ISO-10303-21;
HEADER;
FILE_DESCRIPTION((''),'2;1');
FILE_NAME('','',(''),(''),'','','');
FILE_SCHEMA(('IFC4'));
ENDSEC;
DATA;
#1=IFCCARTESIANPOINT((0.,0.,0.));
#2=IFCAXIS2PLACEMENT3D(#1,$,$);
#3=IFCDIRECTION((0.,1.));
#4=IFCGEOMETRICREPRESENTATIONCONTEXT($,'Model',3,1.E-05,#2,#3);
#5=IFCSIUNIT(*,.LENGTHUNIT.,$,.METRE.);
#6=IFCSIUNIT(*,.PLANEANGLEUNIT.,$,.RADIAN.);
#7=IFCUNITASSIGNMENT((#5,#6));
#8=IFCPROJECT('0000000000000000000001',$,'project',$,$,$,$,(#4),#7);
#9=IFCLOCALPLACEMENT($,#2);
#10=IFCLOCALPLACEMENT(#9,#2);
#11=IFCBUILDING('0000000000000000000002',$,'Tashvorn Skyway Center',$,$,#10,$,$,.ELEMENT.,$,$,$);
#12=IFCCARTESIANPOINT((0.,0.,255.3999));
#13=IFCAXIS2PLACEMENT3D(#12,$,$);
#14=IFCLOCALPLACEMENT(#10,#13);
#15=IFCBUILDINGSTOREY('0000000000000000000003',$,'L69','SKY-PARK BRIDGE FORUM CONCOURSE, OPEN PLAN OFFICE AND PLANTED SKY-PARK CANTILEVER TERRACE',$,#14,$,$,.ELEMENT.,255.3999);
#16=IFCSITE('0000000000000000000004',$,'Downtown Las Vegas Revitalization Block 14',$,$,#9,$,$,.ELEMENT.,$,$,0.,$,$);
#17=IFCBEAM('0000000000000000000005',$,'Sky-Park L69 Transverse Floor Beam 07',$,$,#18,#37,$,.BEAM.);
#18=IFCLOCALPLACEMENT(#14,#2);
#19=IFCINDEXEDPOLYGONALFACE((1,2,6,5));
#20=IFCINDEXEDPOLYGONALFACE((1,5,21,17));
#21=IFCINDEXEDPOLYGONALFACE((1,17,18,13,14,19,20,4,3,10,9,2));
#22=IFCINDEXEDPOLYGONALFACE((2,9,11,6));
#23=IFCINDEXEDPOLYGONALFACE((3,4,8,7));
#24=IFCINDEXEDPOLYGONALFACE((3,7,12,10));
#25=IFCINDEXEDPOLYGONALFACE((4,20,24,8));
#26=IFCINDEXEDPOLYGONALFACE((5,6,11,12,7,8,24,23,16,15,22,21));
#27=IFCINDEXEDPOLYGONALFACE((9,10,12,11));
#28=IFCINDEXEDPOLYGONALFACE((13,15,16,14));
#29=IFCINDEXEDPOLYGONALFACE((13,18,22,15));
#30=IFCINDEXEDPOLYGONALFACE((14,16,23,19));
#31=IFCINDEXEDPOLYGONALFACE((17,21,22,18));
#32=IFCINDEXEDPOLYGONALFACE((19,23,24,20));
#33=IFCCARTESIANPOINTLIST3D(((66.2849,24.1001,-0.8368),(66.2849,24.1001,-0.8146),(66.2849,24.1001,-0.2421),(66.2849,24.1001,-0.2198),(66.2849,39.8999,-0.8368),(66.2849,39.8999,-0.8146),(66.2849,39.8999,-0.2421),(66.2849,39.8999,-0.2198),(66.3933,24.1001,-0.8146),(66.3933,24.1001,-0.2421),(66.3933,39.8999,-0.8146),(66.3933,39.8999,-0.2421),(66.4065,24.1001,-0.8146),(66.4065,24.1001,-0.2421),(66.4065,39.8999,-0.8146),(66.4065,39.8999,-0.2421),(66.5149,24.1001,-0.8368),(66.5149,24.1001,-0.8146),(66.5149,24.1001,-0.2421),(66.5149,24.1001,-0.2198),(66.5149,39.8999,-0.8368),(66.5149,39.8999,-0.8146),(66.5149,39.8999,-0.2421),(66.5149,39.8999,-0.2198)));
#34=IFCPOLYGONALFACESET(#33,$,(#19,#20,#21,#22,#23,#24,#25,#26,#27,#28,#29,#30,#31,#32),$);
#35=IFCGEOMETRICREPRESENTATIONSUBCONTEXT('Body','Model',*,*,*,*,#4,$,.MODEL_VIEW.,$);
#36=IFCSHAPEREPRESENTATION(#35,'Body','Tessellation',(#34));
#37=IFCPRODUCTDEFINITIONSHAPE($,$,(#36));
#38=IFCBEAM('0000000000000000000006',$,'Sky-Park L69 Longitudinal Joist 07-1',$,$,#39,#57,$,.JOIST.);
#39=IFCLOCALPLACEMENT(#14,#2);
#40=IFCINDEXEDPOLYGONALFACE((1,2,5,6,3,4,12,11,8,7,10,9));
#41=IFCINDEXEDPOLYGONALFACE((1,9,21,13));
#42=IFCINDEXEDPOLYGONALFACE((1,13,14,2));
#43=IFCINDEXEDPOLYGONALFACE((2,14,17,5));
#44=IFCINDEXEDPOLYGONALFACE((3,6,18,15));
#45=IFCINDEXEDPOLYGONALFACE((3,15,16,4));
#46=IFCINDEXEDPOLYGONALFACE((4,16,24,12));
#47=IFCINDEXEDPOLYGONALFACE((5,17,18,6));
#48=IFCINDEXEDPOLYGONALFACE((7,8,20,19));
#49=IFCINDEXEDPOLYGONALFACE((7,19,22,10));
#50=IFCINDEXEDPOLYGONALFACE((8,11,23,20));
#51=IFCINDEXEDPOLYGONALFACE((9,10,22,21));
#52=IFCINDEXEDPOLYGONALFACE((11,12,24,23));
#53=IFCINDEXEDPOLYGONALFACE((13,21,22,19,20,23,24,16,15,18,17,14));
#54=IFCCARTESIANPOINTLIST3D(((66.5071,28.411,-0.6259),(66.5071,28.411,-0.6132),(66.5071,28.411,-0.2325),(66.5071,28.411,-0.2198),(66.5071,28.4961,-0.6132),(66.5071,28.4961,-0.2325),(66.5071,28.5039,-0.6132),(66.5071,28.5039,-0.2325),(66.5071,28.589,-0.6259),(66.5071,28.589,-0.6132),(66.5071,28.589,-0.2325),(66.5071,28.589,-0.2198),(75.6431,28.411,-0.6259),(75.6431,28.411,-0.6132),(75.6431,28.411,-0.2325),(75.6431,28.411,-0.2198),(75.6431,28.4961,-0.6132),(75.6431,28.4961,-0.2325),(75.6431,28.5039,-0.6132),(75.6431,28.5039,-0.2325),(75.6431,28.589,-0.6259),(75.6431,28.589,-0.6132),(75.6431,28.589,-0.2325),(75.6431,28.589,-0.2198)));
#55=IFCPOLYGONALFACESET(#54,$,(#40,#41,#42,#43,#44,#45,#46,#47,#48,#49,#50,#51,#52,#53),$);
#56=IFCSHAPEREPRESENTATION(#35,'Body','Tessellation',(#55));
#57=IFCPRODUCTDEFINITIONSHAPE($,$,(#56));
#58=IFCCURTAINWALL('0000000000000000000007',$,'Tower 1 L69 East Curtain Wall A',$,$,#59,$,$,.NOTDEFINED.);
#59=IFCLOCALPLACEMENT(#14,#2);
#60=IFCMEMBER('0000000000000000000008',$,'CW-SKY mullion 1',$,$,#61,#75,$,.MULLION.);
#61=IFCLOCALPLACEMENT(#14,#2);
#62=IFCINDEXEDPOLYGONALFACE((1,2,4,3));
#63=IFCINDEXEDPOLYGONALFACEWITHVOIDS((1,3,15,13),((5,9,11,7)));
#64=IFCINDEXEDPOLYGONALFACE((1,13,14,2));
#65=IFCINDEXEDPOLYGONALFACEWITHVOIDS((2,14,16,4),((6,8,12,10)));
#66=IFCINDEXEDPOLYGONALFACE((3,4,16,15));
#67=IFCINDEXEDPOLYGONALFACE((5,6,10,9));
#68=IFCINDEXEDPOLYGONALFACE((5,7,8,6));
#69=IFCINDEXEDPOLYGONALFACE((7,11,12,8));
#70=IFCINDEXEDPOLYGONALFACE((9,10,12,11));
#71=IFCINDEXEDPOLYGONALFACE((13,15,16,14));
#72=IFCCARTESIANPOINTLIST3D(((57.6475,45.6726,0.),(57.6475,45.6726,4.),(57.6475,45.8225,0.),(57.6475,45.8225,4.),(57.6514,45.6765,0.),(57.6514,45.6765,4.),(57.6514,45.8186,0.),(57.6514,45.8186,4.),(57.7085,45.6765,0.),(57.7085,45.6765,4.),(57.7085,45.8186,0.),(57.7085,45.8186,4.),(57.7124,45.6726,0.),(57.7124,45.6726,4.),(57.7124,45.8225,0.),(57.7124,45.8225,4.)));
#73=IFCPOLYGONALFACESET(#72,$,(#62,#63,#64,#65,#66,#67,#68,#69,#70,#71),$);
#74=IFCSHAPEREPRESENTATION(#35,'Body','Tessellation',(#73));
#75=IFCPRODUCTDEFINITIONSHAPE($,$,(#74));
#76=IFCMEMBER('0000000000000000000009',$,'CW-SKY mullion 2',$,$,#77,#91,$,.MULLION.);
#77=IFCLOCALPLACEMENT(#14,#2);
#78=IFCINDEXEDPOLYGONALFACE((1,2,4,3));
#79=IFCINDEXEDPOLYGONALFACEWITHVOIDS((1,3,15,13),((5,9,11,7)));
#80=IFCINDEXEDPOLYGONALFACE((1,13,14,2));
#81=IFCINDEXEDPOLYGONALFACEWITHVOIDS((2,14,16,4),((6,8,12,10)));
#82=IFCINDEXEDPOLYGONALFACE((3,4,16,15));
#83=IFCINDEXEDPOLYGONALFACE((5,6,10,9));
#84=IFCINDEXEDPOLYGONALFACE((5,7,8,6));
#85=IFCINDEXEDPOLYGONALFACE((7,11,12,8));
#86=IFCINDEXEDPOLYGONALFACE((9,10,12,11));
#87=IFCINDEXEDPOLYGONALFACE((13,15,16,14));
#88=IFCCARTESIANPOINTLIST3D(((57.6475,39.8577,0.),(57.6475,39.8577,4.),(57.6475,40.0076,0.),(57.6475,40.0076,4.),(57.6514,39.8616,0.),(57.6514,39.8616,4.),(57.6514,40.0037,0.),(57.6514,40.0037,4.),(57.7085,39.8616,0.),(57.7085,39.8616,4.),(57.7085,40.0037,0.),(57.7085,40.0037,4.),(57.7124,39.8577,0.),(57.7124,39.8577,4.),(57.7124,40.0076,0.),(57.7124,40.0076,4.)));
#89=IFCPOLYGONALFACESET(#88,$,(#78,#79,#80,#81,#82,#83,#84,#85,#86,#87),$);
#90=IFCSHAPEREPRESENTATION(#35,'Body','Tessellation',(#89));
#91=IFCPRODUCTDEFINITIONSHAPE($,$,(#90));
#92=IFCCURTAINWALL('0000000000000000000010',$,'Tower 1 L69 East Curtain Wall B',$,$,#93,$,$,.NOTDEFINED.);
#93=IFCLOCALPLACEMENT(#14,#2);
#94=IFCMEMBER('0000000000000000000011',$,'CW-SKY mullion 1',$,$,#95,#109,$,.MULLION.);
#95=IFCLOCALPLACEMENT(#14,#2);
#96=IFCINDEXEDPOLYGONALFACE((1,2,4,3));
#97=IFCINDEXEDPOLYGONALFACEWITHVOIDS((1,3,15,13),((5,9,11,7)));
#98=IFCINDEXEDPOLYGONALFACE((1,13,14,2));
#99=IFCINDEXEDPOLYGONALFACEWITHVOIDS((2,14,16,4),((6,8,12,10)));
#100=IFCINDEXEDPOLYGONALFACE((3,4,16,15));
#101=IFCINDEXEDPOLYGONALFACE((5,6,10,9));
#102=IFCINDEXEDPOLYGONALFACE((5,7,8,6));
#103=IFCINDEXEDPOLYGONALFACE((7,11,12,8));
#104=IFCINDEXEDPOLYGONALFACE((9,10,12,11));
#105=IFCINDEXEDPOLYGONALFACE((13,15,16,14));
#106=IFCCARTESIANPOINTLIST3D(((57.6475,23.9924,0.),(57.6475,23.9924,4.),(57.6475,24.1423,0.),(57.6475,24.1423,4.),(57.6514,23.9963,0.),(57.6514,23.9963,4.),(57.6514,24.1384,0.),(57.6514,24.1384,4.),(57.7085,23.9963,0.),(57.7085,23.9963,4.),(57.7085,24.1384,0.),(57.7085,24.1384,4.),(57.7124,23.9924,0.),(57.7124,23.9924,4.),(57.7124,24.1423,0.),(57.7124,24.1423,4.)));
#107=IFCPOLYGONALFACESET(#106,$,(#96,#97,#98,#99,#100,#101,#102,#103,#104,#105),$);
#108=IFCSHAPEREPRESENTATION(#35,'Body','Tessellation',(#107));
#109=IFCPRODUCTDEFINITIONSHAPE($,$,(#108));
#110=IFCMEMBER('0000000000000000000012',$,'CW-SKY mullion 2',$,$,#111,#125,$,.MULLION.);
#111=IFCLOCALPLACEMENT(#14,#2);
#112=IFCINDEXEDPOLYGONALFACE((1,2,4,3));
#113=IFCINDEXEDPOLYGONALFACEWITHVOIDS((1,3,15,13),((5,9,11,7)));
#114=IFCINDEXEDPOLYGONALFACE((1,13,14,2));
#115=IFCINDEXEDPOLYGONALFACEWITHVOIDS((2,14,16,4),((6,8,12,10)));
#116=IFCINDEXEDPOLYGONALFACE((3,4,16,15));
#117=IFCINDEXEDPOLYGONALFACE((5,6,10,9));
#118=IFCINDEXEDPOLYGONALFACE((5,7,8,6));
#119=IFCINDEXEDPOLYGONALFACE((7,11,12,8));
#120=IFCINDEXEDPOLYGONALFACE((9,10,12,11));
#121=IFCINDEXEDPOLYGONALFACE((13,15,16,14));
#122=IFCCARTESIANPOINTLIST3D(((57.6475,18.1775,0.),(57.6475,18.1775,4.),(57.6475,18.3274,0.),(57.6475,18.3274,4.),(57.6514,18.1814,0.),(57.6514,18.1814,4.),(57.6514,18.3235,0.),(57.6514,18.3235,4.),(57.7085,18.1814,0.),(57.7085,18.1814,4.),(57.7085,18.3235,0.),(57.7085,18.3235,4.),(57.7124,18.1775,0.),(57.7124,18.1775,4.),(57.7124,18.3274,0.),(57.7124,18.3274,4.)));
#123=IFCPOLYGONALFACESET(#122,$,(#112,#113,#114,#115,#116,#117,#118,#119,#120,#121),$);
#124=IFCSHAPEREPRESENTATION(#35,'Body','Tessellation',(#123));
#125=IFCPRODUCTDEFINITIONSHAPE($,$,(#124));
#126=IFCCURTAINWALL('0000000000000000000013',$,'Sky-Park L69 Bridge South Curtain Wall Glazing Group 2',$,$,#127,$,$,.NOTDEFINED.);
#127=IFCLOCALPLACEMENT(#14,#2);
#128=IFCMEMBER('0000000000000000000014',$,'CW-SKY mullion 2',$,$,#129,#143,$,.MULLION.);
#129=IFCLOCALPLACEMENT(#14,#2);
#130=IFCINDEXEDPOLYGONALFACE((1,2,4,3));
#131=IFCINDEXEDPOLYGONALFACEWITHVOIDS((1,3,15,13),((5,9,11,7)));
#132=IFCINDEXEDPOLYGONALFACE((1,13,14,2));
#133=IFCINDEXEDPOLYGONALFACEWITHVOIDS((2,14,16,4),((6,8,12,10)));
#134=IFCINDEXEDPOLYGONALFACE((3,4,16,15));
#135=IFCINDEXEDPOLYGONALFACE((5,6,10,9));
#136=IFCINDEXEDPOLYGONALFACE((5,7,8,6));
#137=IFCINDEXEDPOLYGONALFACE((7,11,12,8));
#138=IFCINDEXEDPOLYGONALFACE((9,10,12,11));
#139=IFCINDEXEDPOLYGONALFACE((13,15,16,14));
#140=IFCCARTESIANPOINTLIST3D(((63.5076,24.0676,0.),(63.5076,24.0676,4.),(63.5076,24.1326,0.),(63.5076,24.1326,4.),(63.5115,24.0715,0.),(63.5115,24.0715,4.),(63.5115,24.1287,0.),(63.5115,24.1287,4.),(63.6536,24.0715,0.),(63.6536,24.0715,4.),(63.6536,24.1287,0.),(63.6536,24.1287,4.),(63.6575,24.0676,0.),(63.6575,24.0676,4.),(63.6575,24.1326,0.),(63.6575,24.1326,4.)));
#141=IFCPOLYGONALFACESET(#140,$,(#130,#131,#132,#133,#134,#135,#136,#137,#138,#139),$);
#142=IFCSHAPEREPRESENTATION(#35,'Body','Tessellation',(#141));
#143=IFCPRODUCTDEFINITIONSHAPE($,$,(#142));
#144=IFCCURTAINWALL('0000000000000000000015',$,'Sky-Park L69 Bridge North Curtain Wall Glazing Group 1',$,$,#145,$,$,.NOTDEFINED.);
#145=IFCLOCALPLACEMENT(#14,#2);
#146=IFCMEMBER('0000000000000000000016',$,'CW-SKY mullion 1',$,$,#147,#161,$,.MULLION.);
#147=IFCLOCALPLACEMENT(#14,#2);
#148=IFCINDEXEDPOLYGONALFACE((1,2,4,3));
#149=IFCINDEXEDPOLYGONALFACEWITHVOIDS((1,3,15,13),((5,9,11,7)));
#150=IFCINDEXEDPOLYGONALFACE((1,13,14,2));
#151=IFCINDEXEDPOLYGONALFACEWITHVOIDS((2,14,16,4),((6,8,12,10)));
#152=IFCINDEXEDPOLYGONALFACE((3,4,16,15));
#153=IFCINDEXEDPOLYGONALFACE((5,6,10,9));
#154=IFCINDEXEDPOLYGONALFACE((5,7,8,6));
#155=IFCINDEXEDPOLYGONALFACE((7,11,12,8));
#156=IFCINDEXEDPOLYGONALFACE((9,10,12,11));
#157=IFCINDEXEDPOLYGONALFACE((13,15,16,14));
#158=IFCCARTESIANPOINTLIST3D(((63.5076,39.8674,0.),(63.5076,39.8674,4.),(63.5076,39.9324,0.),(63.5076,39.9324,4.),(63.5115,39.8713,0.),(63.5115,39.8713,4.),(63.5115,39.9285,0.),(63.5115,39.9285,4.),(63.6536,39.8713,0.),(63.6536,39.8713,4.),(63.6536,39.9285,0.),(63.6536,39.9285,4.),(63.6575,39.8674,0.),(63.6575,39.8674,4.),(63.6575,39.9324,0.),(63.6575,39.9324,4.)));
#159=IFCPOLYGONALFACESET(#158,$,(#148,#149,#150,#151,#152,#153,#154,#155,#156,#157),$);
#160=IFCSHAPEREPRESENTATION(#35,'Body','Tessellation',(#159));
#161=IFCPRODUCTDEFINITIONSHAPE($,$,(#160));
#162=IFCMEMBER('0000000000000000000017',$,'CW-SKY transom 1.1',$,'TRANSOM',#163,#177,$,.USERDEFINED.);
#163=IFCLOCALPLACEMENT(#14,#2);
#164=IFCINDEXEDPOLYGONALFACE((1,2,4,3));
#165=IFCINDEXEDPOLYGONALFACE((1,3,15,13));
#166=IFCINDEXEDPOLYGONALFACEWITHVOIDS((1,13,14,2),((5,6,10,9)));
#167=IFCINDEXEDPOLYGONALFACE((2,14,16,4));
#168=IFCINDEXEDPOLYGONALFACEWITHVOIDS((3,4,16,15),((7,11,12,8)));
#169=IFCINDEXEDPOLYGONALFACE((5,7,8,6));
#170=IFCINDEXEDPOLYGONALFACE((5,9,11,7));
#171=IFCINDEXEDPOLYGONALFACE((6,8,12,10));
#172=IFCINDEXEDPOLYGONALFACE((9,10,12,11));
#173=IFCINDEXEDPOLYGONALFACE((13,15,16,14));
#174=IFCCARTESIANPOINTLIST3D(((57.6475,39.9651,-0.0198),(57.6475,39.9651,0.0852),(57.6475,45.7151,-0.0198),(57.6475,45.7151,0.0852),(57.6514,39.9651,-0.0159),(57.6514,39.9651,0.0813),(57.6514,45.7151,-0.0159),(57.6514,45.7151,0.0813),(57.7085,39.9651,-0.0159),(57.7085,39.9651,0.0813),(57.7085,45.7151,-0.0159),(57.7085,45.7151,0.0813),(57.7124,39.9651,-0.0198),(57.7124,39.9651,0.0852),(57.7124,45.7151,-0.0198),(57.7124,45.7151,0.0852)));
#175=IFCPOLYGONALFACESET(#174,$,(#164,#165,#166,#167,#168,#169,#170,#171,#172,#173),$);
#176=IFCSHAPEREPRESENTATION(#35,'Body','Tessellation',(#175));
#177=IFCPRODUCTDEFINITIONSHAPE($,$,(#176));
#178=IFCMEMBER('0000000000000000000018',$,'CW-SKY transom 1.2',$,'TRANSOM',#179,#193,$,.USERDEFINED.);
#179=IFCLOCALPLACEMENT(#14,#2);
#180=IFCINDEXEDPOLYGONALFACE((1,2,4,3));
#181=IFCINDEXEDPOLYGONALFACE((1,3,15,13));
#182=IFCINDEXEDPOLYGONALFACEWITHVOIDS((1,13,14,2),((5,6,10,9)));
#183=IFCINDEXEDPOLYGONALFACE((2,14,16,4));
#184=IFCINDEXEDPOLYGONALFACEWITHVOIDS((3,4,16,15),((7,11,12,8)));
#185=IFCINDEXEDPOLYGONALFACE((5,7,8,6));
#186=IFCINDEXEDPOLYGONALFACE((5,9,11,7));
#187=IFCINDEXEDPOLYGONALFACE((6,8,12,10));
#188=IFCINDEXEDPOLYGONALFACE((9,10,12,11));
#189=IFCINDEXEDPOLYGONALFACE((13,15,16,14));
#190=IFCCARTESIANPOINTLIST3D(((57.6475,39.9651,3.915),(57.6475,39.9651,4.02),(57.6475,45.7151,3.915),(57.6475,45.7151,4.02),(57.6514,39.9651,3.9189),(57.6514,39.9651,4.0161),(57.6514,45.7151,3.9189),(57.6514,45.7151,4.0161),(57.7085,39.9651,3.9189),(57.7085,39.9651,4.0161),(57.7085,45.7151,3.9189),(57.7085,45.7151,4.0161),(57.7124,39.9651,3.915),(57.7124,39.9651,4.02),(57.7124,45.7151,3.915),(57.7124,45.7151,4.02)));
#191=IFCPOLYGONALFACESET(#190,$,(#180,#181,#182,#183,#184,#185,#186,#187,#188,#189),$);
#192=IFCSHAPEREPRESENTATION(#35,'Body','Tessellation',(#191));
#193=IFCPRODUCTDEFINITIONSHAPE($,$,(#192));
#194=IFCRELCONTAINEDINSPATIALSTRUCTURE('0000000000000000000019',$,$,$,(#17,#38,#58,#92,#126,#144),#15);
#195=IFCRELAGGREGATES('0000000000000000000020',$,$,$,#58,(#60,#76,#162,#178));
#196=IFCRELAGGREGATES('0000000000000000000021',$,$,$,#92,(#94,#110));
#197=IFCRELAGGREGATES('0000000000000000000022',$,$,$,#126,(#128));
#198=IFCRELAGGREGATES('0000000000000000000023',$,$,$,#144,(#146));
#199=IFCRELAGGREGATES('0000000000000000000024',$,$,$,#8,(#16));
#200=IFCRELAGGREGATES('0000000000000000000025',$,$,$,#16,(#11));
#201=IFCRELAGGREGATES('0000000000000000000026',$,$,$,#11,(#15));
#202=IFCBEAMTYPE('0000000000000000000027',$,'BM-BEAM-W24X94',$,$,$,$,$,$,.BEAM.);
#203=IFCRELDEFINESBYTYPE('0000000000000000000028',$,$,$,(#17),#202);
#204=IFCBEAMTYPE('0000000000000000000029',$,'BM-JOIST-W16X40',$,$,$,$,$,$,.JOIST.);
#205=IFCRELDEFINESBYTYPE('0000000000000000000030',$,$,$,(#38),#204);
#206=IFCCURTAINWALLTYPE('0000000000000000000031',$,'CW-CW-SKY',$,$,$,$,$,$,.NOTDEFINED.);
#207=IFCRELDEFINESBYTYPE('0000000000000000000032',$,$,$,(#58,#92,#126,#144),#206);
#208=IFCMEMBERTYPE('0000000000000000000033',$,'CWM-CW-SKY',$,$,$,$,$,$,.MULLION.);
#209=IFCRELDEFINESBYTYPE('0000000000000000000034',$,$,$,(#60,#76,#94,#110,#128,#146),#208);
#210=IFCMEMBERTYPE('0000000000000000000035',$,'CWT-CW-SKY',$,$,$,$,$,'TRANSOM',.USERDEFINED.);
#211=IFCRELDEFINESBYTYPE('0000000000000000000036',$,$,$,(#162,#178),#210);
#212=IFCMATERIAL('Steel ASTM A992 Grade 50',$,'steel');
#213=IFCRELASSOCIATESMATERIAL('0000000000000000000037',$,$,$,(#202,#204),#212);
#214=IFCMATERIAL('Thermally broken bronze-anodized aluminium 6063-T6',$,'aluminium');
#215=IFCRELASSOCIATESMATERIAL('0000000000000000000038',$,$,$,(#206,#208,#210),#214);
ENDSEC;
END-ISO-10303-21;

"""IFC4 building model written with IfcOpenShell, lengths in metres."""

from ifc_helpers import new_model, si_unit, direction, frame, origin, origin_2d, place, context, subcontext, project, spatial, hollow_rectangle, i_section, extrude, material, material_profile, profile_set, type_object, element, aggregate, save


model = new_model("IFC4")

# Units and contexts
model_context = context("Model", 3, precision=1e-05, world=origin(), true_north=direction((0.0, 1.0)))
body_context = subcontext(model_context, "Body", "Model", "MODEL_VIEW")
ifc_project = project(units=[si_unit("LENGTHUNIT", "METRE"), si_unit("PLANEANGLEUNIT", "RADIAN")], contexts=[model_context])

# Site, building, storey
site_placement = place(None, origin())
site = spatial("IfcSite", under=ifc_project, at=site_placement, Name="Downtown Las Vegas Revitalization Block 14", CompositionType="ELEMENT", RefElevation=0.0)
building_placement = place(site_placement, origin())
building = spatial("IfcBuilding", under=site, at=building_placement, Name="Tashvorn Skyway Center", CompositionType="ELEMENT")
storey_placement = place(building_placement, frame((0.0, 0.0, 255.3999)))
storey = spatial("IfcBuildingStorey", under=building, at=storey_placement, Name="L69", Description="SKY-PARK BRIDGE FORUM CONCOURSE, OPEN PLAN OFFICE AND PLANTED SKY-PARK CANTILEVER TERRACE", CompositionType="ELEMENT", Elevation=255.3999)

# Beams
ifc_material_1 = material(Name="Steel ASTM A992 Grade 50", Category="steel")
ifc_material_profile_1 = material_profile(ifc_material_1, i_section(OverallWidth=0.23, OverallDepth=0.6169, WebThickness=0.0132, FlangeThickness=0.0222, at=origin_2d()), Name="W24X94")
ifc_profile_set_1 = profile_set([ifc_material_profile_1], Name="Steel ASTM A992 Grade 50")
beam_type_1 = type_object("IfcBeamType", Name="BM-BEAM-W24X94", PredefinedType="BEAM", material=ifc_profile_set_1)
beam_1_placement = place(storey_placement, frame((66.3999, 24.1001, -0.5283), z_axis=(0.0, 1.0, 0.0), x_axis=(-1.0, 0.0, 0.0)))
element("IfcBeam", 1, at=beam_1_placement, inside=storey, type_object=beam_type_1, Name="Sky-Park L69 Transverse Floor Beam 07", PredefinedType="BEAM", context=body_context, shape_type="SweptSolid", body=[
    extrude(i_section(OverallWidth=0.23, OverallDepth=0.6169, WebThickness=0.0132, FlangeThickness=0.0222, at=origin_2d()), origin(), (0.0, 0.0, 1.0), 15.7998),
])
ifc_material_profile_2 = material_profile(ifc_material_1, i_section(OverallWidth=0.178, OverallDepth=0.406, WebThickness=0.0078, FlangeThickness=0.0127, at=origin_2d()), Name="W16X40")
ifc_profile_set_2 = profile_set([ifc_material_profile_2], Name="Steel ASTM A992 Grade 50")
beam_type_2 = type_object("IfcBeamType", Name="BM-JOIST-W16X40", PredefinedType="JOIST", material=ifc_profile_set_2)
beam_2_placement = place(storey_placement, frame((66.5071, 28.5, -0.4229), z_axis=(1.0, 0.0, 0.0), x_axis=(0.0, 1.0, 0.0)))
element("IfcBeam", 2, at=beam_2_placement, inside=storey, type_object=beam_type_2, Name="Sky-Park L69 Longitudinal Joist 07-1", PredefinedType="JOIST", context=body_context, shape_type="SweptSolid", body=[
    extrude(i_section(OverallWidth=0.178, OverallDepth=0.406, WebThickness=0.0078, FlangeThickness=0.0127, at=origin_2d()), origin(), (0.0, 0.0, 1.0), 9.136),
])

# Curtain walls, members
ifc_material_2 = material(Name="Thermally broken bronze-anodized aluminium 6063-T6", Category="aluminium")
curtain_wall_type = type_object("IfcCurtainWallType", Name="CW-CW-SKY", PredefinedType="NOTDEFINED", material=ifc_material_2)
curtain_wall_1_placement = place(storey_placement, origin())
curtain_wall_1 = element("IfcCurtainWall", 3, at=curtain_wall_1_placement, inside=storey, type_object=curtain_wall_type, Name="Tower 1 L69 East Curtain Wall A", PredefinedType="NOTDEFINED")
ifc_material_profile_3 = material_profile(ifc_material_2, hollow_rectangle(XDim=0.0649, YDim=0.1499, WallThickness=0.0039, at=origin_2d()), Name="ALU-MULL-65x150")
ifc_profile_set_3 = profile_set([ifc_material_profile_3], Name="Thermally broken bronze-anodized aluminium 6063-T6")
member_type_1 = type_object("IfcMemberType", Name="CWM-CW-SKY", PredefinedType="MULLION", material=ifc_profile_set_3)
member_1_placement = place(storey_placement, frame((57.6799, 45.7476, 0.0), z_axis=(0.0, 0.0, 1.0), x_axis=(1.0, 0.0, 0.0)))
member_1 = element("IfcMember", 4, at=member_1_placement, type_object=member_type_1, Name="CW-SKY mullion 1", PredefinedType="MULLION", context=body_context, shape_type="SweptSolid", body=[
    extrude(hollow_rectangle(XDim=0.0649, YDim=0.1499, WallThickness=0.0039, at=origin_2d()), origin(), (0.0, 0.0, 1.0), 4.0),
])
member_2_placement = place(storey_placement, frame((57.6799, 39.9326, 0.0), z_axis=(0.0, 0.0, 1.0), x_axis=(1.0, 0.0, 0.0)))
member_2 = element("IfcMember", 5, at=member_2_placement, type_object=member_type_1, Name="CW-SKY mullion 2", PredefinedType="MULLION", context=body_context, shape_type="SweptSolid", body=[
    extrude(hollow_rectangle(XDim=0.0649, YDim=0.1499, WallThickness=0.0039, at=origin_2d()), origin(), (0.0, 0.0, 1.0), 4.0),
])
curtain_wall_2_placement = place(storey_placement, origin())
curtain_wall_2 = element("IfcCurtainWall", 6, at=curtain_wall_2_placement, inside=storey, type_object=curtain_wall_type, Name="Tower 1 L69 East Curtain Wall B", PredefinedType="NOTDEFINED")
member_3_placement = place(storey_placement, frame((57.6799, 24.0674, 0.0), z_axis=(0.0, 0.0, 1.0), x_axis=(1.0, 0.0, 0.0)))
member_3 = element("IfcMember", 7, at=member_3_placement, type_object=member_type_1, Name="CW-SKY mullion 1", PredefinedType="MULLION", context=body_context, shape_type="SweptSolid", body=[
    extrude(hollow_rectangle(XDim=0.0649, YDim=0.1499, WallThickness=0.0039, at=origin_2d()), origin(), (0.0, 0.0, 1.0), 4.0),
])
member_4_placement = place(storey_placement, frame((57.6799, 18.2524, 0.0), z_axis=(0.0, 0.0, 1.0), x_axis=(1.0, 0.0, 0.0)))
member_4 = element("IfcMember", 8, at=member_4_placement, type_object=member_type_1, Name="CW-SKY mullion 2", PredefinedType="MULLION", context=body_context, shape_type="SweptSolid", body=[
    extrude(hollow_rectangle(XDim=0.0649, YDim=0.1499, WallThickness=0.0039, at=origin_2d()), origin(), (0.0, 0.0, 1.0), 4.0),
])

# Curtain walls, members
curtain_wall_3_placement = place(storey_placement, origin())
curtain_wall_3 = element("IfcCurtainWall", 9, at=curtain_wall_3_placement, inside=storey, type_object=curtain_wall_type, Name="Sky-Park L69 Bridge South Curtain Wall Glazing Group 2", PredefinedType="NOTDEFINED")
member_5_placement = place(storey_placement, frame((63.5825, 24.1001, 0.0), z_axis=(0.0, 0.0, 1.0), x_axis=(0.0, -1.0, 0.0)))
member_5 = element("IfcMember", 10, at=member_5_placement, type_object=member_type_1, Name="CW-SKY mullion 2", PredefinedType="MULLION", context=body_context, shape_type="SweptSolid", body=[
    extrude(hollow_rectangle(XDim=0.0649, YDim=0.1499, WallThickness=0.0039, at=origin_2d()), origin(), (0.0, 0.0, 1.0), 4.0),
])
curtain_wall_4_placement = place(storey_placement, origin())
curtain_wall_4 = element("IfcCurtainWall", 11, at=curtain_wall_4_placement, inside=storey, type_object=curtain_wall_type, Name="Sky-Park L69 Bridge North Curtain Wall Glazing Group 1", PredefinedType="NOTDEFINED")
member_6_placement = place(storey_placement, frame((63.5825, 39.8999, 0.0), z_axis=(0.0, 0.0, 1.0), x_axis=(0.0, 1.0, 0.0)))
member_6 = element("IfcMember", 12, at=member_6_placement, type_object=member_type_1, Name="CW-SKY mullion 1", PredefinedType="MULLION", context=body_context, shape_type="SweptSolid", body=[
    extrude(hollow_rectangle(XDim=0.0649, YDim=0.1499, WallThickness=0.0039, at=origin_2d()), origin(), (0.0, 0.0, 1.0), 4.0),
])

# Members
ifc_material_profile_4 = material_profile(ifc_material_2, hollow_rectangle(XDim=0.0649, YDim=0.105, WallThickness=0.0039, at=origin_2d()), Name="ALU-TRAN-65x105")
ifc_profile_set_4 = profile_set([ifc_material_profile_4], Name="Thermally broken bronze-anodized aluminium 6063-T6")
member_type_2 = type_object("IfcMemberType", Name="CWT-CW-SKY", ElementType="TRANSOM", PredefinedType="USERDEFINED", material=ifc_profile_set_4)
member_7_placement = place(storey_placement, frame((57.6799, 45.7151, 0.0327), z_axis=(0.0, -1.0, 0.0), x_axis=(1.0, 0.0, 0.0)))
member_7 = element("IfcMember", 13, at=member_7_placement, type_object=member_type_2, Name="CW-SKY transom 1.1", ObjectType="TRANSOM", PredefinedType="USERDEFINED", context=body_context, shape_type="SweptSolid", body=[
    extrude(hollow_rectangle(XDim=0.0649, YDim=0.105, WallThickness=0.0039, at=origin_2d()), origin(), (0.0, 0.0, 1.0), 5.75),
])
member_8_placement = place(storey_placement, frame((57.6799, 45.7151, 3.9675), z_axis=(0.0, -1.0, 0.0), x_axis=(1.0, 0.0, 0.0)))
member_8 = element("IfcMember", 14, at=member_8_placement, type_object=member_type_2, Name="CW-SKY transom 1.2", ObjectType="TRANSOM", PredefinedType="USERDEFINED", context=body_context, shape_type="SweptSolid", body=[
    extrude(hollow_rectangle(XDim=0.0649, YDim=0.105, WallThickness=0.0039, at=origin_2d()), origin(), (0.0, 0.0, 1.0), 5.75),
])

aggregate(curtain_wall_1, [member_1, member_2, member_7, member_8])
aggregate(curtain_wall_2, [member_3, member_4])
aggregate(curtain_wall_3, [member_5])
aggregate(curtain_wall_4, [member_6])

save(model, "model.ifc")
